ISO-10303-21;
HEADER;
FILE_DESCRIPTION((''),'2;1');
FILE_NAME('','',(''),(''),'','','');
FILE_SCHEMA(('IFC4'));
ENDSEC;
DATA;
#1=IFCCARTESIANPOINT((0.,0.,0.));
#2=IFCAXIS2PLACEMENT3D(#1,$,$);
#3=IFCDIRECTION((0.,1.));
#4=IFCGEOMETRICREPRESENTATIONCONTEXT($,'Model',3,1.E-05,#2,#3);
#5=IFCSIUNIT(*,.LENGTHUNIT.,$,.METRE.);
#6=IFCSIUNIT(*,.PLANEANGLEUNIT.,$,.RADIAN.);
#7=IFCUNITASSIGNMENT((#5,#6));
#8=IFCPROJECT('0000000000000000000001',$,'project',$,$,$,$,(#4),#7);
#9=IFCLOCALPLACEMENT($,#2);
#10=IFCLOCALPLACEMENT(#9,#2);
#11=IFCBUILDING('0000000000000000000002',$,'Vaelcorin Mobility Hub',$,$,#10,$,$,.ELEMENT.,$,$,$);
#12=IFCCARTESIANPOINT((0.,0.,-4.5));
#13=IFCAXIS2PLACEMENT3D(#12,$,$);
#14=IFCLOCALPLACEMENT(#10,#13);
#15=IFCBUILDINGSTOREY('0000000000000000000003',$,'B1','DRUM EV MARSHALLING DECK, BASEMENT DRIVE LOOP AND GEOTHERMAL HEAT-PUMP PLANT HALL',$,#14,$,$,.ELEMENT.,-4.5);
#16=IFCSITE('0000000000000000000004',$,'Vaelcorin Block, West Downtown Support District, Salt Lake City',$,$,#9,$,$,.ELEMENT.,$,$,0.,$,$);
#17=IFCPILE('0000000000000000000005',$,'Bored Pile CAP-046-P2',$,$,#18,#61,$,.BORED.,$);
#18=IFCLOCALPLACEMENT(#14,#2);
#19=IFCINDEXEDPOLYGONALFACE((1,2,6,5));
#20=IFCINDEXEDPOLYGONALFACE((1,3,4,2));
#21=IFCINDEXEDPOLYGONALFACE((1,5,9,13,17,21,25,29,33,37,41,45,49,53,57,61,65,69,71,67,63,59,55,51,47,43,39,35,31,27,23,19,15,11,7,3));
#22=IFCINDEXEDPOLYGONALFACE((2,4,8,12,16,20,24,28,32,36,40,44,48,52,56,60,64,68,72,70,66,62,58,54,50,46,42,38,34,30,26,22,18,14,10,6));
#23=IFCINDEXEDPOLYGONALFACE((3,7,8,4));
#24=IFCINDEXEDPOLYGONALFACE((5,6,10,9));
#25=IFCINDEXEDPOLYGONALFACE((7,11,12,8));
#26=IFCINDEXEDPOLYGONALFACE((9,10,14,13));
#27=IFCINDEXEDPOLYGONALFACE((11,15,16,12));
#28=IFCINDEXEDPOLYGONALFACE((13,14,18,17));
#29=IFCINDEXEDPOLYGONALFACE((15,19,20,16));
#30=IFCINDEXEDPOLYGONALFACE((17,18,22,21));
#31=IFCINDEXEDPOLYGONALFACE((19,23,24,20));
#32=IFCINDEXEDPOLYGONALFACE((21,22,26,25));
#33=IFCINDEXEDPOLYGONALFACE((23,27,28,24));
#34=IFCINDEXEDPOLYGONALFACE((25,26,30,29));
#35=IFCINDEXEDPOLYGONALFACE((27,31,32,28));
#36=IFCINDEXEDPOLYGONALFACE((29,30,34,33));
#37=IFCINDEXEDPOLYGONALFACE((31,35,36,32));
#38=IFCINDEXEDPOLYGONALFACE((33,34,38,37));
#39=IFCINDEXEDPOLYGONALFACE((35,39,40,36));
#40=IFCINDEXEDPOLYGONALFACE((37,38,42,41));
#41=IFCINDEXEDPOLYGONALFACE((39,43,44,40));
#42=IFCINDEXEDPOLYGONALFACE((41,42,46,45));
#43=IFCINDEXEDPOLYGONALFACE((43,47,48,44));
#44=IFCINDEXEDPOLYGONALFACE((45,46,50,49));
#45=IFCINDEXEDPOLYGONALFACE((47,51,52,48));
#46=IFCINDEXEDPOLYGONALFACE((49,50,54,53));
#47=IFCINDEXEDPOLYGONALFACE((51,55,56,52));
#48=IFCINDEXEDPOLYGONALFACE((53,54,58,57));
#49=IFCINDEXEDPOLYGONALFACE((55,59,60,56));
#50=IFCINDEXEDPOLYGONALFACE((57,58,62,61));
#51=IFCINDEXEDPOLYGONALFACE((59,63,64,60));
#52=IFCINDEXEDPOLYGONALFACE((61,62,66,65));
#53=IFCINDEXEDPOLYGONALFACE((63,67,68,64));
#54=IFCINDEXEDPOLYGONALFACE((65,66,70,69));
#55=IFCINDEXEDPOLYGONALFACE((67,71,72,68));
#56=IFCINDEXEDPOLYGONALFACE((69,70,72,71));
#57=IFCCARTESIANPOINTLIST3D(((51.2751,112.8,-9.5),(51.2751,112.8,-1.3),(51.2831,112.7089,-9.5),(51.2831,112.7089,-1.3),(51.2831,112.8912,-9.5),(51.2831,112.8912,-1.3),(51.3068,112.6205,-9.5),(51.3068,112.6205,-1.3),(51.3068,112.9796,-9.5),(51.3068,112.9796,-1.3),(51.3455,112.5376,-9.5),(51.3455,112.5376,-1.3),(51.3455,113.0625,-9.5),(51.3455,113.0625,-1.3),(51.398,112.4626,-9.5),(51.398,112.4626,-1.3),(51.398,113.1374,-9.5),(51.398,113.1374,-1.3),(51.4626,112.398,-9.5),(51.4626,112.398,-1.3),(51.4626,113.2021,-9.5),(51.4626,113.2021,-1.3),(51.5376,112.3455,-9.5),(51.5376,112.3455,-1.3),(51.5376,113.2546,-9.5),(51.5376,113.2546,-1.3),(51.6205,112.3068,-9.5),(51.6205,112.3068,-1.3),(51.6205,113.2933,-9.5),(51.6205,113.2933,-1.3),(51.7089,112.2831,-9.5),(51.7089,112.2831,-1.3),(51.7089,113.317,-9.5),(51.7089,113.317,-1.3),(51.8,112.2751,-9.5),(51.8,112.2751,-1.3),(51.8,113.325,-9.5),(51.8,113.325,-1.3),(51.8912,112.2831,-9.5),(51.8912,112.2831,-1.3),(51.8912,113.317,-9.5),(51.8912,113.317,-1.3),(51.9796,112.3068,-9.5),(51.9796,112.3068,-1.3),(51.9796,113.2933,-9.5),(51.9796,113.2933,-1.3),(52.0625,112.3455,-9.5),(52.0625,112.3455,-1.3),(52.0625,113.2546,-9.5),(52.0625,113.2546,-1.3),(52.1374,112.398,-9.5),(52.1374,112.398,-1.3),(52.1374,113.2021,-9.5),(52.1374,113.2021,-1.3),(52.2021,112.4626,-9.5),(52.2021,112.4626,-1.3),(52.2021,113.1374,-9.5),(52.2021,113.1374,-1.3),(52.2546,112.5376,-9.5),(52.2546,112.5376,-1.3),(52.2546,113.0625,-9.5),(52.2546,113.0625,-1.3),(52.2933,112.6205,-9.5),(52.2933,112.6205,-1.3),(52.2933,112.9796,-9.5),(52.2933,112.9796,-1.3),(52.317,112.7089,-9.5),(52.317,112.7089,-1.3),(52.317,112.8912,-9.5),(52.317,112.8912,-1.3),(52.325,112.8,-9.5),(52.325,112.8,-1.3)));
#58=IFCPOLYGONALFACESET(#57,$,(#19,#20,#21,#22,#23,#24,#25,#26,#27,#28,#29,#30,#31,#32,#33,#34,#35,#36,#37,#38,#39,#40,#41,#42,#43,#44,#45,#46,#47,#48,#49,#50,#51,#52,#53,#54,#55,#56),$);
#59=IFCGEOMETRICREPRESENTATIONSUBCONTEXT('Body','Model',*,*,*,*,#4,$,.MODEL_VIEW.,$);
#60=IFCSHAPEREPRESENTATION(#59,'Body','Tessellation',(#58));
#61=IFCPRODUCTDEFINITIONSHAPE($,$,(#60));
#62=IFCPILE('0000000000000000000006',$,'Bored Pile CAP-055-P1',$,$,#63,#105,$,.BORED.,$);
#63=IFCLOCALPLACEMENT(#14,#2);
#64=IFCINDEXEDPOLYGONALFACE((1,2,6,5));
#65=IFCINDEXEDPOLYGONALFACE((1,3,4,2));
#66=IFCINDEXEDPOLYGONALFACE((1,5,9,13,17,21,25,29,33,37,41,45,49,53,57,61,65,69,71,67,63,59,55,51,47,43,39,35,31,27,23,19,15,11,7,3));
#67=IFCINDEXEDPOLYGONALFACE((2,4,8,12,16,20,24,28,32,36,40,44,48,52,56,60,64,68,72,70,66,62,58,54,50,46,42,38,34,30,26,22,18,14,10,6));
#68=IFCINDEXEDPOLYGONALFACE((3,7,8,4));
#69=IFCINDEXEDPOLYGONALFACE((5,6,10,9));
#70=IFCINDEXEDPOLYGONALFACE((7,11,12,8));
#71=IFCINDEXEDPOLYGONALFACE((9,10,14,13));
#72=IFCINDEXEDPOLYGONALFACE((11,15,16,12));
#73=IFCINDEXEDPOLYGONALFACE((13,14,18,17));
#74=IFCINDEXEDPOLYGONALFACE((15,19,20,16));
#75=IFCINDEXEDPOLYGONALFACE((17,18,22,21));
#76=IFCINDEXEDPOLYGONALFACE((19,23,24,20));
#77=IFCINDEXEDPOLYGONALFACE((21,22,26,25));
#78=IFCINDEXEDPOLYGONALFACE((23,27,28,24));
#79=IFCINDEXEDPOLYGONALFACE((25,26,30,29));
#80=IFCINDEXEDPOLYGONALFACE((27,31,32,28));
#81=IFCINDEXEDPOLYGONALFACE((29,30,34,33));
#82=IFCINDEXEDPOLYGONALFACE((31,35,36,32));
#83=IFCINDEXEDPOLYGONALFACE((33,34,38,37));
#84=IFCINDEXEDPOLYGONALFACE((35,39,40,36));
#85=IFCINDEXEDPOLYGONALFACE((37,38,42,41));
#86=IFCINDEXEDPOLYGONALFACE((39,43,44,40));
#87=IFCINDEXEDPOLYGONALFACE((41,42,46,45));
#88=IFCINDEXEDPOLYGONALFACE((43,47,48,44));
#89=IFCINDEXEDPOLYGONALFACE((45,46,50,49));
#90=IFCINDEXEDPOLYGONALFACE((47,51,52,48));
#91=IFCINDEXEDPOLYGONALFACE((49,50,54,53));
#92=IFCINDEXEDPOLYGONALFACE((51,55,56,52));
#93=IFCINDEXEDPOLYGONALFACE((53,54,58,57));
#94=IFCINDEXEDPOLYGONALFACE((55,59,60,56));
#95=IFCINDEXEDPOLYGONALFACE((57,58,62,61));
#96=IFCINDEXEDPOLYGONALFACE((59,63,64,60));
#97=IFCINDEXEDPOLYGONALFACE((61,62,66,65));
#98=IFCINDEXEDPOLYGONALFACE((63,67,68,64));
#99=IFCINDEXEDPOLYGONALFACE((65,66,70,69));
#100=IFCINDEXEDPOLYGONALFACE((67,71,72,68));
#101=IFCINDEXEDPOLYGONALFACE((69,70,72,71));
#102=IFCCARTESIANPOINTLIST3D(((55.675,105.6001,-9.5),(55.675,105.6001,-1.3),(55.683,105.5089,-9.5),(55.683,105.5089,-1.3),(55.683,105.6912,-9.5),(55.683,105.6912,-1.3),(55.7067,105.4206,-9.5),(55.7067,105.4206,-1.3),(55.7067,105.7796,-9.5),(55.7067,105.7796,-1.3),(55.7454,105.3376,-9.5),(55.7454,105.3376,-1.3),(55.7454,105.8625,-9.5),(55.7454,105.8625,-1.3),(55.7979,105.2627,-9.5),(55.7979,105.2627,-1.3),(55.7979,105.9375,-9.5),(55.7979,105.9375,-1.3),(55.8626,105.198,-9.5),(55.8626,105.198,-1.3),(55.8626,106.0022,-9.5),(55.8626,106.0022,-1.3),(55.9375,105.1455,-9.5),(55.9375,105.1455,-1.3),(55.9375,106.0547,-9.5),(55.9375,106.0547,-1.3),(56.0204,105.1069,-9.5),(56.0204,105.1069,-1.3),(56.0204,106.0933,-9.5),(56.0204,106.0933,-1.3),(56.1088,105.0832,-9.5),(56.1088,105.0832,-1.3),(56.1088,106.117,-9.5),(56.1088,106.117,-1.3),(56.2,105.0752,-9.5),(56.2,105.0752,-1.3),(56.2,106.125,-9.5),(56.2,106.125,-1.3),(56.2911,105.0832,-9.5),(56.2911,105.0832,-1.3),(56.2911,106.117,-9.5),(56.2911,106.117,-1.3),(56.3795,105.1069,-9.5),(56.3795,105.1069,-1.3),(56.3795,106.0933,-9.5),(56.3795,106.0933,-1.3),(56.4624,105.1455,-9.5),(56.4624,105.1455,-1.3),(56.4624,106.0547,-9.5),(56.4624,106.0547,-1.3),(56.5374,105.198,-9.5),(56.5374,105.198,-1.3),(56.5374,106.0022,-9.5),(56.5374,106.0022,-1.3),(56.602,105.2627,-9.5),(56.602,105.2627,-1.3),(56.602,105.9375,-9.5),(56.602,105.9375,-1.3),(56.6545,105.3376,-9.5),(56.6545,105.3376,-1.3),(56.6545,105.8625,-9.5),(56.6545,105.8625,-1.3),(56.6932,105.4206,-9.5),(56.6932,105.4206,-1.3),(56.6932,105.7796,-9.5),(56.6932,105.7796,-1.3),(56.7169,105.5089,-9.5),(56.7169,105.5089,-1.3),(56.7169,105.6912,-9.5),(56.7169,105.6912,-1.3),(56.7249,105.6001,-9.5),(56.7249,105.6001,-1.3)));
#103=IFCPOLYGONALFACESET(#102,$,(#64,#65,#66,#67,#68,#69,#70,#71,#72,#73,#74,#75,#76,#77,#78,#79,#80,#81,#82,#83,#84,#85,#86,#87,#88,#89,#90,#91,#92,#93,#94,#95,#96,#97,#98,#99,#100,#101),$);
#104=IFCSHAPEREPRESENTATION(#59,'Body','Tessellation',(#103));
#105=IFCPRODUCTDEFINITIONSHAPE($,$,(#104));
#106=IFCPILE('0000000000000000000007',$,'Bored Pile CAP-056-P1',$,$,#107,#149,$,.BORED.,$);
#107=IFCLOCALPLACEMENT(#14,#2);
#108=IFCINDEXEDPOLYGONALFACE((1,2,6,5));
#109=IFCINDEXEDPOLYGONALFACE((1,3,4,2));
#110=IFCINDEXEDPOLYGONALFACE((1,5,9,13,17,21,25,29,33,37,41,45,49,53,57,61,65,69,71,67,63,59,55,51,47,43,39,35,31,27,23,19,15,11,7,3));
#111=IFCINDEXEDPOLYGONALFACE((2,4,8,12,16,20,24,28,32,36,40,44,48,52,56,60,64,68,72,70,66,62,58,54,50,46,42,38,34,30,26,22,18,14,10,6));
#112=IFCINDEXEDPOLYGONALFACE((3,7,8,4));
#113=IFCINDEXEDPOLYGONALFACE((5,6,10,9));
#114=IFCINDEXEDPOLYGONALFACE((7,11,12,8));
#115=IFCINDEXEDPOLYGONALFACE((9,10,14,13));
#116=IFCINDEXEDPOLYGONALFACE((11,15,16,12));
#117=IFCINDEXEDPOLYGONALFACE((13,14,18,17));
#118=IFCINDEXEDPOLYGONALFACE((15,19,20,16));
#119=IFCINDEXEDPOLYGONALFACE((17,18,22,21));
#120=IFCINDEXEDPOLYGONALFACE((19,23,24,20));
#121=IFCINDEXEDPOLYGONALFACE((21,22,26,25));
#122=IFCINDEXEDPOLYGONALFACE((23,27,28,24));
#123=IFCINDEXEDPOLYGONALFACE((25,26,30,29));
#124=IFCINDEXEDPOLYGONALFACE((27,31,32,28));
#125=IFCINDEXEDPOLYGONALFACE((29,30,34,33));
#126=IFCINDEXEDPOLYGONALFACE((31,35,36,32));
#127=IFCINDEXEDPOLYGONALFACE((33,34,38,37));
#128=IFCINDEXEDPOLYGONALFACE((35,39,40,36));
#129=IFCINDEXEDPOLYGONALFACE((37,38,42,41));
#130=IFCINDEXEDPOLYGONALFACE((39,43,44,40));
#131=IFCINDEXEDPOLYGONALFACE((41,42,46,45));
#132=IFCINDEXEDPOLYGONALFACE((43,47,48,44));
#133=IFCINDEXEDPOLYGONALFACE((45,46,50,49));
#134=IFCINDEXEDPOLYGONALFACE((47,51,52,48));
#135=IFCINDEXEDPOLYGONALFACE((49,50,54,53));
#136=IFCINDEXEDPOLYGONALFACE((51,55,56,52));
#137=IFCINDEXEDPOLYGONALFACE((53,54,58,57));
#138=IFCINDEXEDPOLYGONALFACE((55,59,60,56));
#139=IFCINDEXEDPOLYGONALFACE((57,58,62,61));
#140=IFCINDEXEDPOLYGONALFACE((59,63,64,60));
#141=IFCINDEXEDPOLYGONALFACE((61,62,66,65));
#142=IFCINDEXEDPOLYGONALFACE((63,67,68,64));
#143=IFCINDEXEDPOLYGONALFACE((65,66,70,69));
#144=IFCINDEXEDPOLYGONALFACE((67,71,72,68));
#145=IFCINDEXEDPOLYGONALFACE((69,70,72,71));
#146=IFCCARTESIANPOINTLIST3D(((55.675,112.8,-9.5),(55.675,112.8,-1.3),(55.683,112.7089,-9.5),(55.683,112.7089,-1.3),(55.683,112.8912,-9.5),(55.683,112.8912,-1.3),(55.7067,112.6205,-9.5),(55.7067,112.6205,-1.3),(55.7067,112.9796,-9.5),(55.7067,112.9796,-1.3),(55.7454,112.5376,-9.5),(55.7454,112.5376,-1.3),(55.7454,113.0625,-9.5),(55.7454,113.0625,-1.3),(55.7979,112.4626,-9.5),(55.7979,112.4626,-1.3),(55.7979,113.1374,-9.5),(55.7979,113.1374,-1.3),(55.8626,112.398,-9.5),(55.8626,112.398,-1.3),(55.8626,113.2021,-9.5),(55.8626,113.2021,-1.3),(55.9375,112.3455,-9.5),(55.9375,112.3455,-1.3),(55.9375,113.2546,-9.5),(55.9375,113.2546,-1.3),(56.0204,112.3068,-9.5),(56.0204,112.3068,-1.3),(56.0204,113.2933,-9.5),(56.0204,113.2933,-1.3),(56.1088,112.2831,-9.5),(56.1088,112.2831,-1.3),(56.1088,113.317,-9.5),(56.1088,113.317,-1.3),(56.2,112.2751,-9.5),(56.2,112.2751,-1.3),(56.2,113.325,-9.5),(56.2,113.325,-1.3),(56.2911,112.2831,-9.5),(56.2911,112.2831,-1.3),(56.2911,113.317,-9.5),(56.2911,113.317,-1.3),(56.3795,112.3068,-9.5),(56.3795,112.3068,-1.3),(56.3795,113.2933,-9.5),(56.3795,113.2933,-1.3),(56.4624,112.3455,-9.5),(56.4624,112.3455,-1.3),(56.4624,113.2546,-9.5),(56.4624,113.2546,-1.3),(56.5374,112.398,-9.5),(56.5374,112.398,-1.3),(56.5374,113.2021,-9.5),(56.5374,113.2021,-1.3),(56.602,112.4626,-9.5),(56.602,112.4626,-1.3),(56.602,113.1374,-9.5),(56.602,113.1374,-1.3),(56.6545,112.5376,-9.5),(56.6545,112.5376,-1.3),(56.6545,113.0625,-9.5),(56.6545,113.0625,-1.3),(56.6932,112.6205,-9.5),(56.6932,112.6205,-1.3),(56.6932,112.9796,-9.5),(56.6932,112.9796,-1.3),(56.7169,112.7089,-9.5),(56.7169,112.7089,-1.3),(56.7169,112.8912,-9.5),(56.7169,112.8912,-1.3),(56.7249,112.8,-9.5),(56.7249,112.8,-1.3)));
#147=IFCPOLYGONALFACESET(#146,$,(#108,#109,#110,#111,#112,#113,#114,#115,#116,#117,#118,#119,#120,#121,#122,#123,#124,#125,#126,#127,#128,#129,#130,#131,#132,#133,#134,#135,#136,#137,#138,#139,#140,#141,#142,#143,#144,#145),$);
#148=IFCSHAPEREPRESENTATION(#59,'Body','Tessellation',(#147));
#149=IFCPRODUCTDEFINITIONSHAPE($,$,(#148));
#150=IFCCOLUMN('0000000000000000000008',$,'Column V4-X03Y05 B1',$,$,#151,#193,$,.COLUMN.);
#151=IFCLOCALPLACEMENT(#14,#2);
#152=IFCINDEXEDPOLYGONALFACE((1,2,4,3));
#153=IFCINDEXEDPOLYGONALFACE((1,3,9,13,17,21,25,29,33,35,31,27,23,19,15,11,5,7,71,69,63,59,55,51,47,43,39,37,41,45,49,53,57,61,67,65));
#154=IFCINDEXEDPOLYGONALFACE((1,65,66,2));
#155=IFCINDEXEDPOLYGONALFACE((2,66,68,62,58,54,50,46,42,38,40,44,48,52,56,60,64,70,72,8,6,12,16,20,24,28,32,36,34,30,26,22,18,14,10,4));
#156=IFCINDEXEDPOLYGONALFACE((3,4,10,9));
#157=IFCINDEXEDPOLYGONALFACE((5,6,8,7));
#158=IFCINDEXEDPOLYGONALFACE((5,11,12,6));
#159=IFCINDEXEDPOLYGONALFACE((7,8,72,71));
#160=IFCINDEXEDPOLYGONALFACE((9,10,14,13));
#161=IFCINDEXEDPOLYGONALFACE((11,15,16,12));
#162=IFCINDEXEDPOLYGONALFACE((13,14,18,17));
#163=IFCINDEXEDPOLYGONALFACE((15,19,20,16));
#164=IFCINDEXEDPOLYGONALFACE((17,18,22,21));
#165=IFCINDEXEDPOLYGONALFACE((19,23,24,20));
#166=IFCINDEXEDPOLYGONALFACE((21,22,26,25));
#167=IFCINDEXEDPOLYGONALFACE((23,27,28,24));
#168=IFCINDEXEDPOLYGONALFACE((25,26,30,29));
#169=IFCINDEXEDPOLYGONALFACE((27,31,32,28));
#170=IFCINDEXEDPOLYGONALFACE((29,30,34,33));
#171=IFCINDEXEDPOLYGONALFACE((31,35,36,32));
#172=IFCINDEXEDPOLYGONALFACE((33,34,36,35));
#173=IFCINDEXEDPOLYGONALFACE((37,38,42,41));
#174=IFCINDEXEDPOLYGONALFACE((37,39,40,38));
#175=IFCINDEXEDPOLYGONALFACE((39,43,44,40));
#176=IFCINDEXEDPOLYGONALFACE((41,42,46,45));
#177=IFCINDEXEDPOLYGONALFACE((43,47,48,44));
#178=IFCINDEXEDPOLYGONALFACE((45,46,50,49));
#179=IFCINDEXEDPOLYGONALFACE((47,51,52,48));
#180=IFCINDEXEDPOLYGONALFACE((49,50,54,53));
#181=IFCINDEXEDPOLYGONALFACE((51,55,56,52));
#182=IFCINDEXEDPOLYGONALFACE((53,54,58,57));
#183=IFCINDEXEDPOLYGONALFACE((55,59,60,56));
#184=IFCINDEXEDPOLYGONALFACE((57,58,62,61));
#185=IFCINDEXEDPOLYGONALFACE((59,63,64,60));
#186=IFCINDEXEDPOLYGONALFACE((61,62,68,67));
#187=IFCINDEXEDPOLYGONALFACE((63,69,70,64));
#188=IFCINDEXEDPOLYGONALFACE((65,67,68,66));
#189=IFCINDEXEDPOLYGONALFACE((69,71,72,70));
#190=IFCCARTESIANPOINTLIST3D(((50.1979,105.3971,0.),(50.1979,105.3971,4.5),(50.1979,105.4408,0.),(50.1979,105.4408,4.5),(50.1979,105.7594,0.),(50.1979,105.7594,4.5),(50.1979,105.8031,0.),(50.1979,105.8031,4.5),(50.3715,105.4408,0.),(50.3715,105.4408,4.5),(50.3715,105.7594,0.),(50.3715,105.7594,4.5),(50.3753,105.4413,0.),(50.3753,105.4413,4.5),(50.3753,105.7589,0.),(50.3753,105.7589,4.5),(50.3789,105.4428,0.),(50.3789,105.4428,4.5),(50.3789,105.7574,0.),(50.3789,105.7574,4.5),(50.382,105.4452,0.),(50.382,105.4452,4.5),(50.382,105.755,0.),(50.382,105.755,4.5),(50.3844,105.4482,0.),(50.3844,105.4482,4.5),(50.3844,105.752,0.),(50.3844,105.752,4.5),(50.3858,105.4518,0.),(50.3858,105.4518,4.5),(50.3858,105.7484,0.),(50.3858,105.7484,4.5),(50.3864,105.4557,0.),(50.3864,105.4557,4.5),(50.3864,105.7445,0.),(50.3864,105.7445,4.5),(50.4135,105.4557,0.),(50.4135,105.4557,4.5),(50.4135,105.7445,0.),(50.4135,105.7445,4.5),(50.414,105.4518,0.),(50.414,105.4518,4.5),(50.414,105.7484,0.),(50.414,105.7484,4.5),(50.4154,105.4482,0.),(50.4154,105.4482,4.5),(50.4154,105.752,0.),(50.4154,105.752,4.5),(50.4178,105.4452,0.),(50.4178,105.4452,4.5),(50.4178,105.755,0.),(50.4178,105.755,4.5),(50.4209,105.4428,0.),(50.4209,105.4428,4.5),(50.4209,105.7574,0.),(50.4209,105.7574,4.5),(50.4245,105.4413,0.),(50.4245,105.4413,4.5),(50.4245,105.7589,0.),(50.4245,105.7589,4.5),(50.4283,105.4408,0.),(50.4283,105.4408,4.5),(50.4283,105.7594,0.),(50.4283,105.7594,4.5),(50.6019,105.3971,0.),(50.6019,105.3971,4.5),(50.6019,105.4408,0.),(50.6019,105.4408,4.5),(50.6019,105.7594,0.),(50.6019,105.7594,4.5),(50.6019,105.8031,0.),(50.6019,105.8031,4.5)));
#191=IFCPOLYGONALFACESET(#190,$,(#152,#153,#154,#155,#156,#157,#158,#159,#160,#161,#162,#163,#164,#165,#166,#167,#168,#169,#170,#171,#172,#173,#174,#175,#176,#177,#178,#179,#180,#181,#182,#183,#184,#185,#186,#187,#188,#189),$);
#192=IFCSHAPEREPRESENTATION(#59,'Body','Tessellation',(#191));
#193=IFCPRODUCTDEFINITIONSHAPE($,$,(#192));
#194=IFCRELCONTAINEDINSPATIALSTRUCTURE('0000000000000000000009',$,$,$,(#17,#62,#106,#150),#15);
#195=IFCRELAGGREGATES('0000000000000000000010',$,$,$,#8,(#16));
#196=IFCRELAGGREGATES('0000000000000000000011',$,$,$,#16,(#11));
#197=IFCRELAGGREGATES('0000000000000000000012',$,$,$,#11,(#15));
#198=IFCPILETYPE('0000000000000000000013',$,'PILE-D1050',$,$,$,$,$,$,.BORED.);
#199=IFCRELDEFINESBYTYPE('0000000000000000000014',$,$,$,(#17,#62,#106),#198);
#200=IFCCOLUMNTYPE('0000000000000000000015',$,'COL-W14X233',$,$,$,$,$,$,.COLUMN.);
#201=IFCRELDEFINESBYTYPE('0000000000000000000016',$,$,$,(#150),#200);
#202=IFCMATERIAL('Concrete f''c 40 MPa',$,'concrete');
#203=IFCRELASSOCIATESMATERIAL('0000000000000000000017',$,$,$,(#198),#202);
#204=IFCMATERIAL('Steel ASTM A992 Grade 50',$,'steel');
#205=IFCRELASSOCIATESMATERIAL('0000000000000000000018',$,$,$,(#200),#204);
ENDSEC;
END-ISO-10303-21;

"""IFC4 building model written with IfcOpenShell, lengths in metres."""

from ifc_helpers import new_model, si_unit, direction, frame, origin, origin_2d, place, context, subcontext, project, spatial, circle, i_section, extrude, material, material_profile, profile_set, type_object, element, save


model = new_model("IFC4")

# Units and contexts
model_context = context("Model", 3, precision=1e-05, world=origin(), true_north=direction((0.0, 1.0)))
body_context = subcontext(model_context, "Body", "Model", "MODEL_VIEW")
ifc_project = project(units=[si_unit("LENGTHUNIT", "METRE"), si_unit("PLANEANGLEUNIT", "RADIAN")], contexts=[model_context])

# Site, building, storey
site_placement = place(None, origin())
site = spatial("IfcSite", under=ifc_project, at=site_placement, Name="Vaelcorin Block, West Downtown Support District, Salt Lake City", CompositionType="ELEMENT", RefElevation=0.0)
building_placement = place(site_placement, origin())
building = spatial("IfcBuilding", under=site, at=building_placement, Name="Vaelcorin Mobility Hub", CompositionType="ELEMENT")
storey_placement = place(building_placement, frame((0.0, 0.0, -4.5)))
storey = spatial("IfcBuildingStorey", under=building, at=storey_placement, Name="B1", Description="DRUM EV MARSHALLING DECK, BASEMENT DRIVE LOOP AND GEOTHERMAL HEAT-PUMP PLANT HALL", CompositionType="ELEMENT", Elevation=-4.5)

# Shared definitions
ifc_material_1 = material(Name="Concrete f'c 40 MPa", Category="concrete")

# Piles
ifc_material_profile_1 = material_profile(ifc_material_1, circle(Radius=0.5249, at=origin_2d()), Name="BP-D1050")
ifc_profile_set_1 = profile_set([ifc_material_profile_1], Name="Concrete f'c 40 MPa")
pile_type = type_object("IfcPileType", Name="PILE-D1050", PredefinedType="BORED", material=ifc_profile_set_1)
for number, where, z_axis, x_axis, name in (
    (1, (51.8, 112.8, -1.3), (0.0, 0.0, -1.0), (1.0, 0.0, 0.0), "Bored Pile CAP-046-P2"),
    (2, (56.2, 105.6001, -1.3), (0.0, 0.0, -1.0), (1.0, 0.0, 0.0), "Bored Pile CAP-055-P1"),
    (3, (56.2, 112.8, -1.3), (0.0, 0.0, -1.0), (1.0, 0.0, 0.0), "Bored Pile CAP-056-P1"),
):
    element("IfcPile", number, at=place(storey_placement, frame(where, z_axis=z_axis, x_axis=x_axis)), inside=storey, type_object=pile_type, Name=name, PredefinedType="BORED", context=body_context, shape_type="SweptSolid", body=[
        extrude(circle(Radius=0.5249, at=origin_2d()), origin(), (0.0, 0.0, 1.0), 8.2),
    ])

# Column
ifc_material_2 = material(Name="Steel ASTM A992 Grade 50", Category="steel")
ifc_material_profile_2 = material_profile(ifc_material_2, i_section(OverallWidth=0.4041, OverallDepth=0.406, WebThickness=0.0271, FlangeThickness=0.0437, FilletRadius=0.0149, at=origin_2d()), Name="W14X233")
ifc_profile_set_2 = profile_set([ifc_material_profile_2], Name="Steel ASTM A992 Grade 50")
column_type_1 = type_object("IfcColumnType", Name="COL-W14X233", PredefinedType="COLUMN", material=ifc_profile_set_2)
column_1_placement = place(storey_placement, frame((50.3999, 105.6001, 0.0), z_axis=(0.0, 0.0, 1.0), x_axis=(1.0, 0.0, 0.0)))
element("IfcColumn", 4, at=column_1_placement, inside=storey, type_object=column_type_1, Name="Column V4-X03Y05 B1", PredefinedType="COLUMN", context=body_context, shape_type="SweptSolid", body=[
    extrude(i_section(OverallWidth=0.4041, OverallDepth=0.406, WebThickness=0.0271, FlangeThickness=0.0437, FilletRadius=0.0149, at=origin_2d()), origin(), (0.0, 0.0, 1.0), 4.5),
])

save(model, "model.ifc")
